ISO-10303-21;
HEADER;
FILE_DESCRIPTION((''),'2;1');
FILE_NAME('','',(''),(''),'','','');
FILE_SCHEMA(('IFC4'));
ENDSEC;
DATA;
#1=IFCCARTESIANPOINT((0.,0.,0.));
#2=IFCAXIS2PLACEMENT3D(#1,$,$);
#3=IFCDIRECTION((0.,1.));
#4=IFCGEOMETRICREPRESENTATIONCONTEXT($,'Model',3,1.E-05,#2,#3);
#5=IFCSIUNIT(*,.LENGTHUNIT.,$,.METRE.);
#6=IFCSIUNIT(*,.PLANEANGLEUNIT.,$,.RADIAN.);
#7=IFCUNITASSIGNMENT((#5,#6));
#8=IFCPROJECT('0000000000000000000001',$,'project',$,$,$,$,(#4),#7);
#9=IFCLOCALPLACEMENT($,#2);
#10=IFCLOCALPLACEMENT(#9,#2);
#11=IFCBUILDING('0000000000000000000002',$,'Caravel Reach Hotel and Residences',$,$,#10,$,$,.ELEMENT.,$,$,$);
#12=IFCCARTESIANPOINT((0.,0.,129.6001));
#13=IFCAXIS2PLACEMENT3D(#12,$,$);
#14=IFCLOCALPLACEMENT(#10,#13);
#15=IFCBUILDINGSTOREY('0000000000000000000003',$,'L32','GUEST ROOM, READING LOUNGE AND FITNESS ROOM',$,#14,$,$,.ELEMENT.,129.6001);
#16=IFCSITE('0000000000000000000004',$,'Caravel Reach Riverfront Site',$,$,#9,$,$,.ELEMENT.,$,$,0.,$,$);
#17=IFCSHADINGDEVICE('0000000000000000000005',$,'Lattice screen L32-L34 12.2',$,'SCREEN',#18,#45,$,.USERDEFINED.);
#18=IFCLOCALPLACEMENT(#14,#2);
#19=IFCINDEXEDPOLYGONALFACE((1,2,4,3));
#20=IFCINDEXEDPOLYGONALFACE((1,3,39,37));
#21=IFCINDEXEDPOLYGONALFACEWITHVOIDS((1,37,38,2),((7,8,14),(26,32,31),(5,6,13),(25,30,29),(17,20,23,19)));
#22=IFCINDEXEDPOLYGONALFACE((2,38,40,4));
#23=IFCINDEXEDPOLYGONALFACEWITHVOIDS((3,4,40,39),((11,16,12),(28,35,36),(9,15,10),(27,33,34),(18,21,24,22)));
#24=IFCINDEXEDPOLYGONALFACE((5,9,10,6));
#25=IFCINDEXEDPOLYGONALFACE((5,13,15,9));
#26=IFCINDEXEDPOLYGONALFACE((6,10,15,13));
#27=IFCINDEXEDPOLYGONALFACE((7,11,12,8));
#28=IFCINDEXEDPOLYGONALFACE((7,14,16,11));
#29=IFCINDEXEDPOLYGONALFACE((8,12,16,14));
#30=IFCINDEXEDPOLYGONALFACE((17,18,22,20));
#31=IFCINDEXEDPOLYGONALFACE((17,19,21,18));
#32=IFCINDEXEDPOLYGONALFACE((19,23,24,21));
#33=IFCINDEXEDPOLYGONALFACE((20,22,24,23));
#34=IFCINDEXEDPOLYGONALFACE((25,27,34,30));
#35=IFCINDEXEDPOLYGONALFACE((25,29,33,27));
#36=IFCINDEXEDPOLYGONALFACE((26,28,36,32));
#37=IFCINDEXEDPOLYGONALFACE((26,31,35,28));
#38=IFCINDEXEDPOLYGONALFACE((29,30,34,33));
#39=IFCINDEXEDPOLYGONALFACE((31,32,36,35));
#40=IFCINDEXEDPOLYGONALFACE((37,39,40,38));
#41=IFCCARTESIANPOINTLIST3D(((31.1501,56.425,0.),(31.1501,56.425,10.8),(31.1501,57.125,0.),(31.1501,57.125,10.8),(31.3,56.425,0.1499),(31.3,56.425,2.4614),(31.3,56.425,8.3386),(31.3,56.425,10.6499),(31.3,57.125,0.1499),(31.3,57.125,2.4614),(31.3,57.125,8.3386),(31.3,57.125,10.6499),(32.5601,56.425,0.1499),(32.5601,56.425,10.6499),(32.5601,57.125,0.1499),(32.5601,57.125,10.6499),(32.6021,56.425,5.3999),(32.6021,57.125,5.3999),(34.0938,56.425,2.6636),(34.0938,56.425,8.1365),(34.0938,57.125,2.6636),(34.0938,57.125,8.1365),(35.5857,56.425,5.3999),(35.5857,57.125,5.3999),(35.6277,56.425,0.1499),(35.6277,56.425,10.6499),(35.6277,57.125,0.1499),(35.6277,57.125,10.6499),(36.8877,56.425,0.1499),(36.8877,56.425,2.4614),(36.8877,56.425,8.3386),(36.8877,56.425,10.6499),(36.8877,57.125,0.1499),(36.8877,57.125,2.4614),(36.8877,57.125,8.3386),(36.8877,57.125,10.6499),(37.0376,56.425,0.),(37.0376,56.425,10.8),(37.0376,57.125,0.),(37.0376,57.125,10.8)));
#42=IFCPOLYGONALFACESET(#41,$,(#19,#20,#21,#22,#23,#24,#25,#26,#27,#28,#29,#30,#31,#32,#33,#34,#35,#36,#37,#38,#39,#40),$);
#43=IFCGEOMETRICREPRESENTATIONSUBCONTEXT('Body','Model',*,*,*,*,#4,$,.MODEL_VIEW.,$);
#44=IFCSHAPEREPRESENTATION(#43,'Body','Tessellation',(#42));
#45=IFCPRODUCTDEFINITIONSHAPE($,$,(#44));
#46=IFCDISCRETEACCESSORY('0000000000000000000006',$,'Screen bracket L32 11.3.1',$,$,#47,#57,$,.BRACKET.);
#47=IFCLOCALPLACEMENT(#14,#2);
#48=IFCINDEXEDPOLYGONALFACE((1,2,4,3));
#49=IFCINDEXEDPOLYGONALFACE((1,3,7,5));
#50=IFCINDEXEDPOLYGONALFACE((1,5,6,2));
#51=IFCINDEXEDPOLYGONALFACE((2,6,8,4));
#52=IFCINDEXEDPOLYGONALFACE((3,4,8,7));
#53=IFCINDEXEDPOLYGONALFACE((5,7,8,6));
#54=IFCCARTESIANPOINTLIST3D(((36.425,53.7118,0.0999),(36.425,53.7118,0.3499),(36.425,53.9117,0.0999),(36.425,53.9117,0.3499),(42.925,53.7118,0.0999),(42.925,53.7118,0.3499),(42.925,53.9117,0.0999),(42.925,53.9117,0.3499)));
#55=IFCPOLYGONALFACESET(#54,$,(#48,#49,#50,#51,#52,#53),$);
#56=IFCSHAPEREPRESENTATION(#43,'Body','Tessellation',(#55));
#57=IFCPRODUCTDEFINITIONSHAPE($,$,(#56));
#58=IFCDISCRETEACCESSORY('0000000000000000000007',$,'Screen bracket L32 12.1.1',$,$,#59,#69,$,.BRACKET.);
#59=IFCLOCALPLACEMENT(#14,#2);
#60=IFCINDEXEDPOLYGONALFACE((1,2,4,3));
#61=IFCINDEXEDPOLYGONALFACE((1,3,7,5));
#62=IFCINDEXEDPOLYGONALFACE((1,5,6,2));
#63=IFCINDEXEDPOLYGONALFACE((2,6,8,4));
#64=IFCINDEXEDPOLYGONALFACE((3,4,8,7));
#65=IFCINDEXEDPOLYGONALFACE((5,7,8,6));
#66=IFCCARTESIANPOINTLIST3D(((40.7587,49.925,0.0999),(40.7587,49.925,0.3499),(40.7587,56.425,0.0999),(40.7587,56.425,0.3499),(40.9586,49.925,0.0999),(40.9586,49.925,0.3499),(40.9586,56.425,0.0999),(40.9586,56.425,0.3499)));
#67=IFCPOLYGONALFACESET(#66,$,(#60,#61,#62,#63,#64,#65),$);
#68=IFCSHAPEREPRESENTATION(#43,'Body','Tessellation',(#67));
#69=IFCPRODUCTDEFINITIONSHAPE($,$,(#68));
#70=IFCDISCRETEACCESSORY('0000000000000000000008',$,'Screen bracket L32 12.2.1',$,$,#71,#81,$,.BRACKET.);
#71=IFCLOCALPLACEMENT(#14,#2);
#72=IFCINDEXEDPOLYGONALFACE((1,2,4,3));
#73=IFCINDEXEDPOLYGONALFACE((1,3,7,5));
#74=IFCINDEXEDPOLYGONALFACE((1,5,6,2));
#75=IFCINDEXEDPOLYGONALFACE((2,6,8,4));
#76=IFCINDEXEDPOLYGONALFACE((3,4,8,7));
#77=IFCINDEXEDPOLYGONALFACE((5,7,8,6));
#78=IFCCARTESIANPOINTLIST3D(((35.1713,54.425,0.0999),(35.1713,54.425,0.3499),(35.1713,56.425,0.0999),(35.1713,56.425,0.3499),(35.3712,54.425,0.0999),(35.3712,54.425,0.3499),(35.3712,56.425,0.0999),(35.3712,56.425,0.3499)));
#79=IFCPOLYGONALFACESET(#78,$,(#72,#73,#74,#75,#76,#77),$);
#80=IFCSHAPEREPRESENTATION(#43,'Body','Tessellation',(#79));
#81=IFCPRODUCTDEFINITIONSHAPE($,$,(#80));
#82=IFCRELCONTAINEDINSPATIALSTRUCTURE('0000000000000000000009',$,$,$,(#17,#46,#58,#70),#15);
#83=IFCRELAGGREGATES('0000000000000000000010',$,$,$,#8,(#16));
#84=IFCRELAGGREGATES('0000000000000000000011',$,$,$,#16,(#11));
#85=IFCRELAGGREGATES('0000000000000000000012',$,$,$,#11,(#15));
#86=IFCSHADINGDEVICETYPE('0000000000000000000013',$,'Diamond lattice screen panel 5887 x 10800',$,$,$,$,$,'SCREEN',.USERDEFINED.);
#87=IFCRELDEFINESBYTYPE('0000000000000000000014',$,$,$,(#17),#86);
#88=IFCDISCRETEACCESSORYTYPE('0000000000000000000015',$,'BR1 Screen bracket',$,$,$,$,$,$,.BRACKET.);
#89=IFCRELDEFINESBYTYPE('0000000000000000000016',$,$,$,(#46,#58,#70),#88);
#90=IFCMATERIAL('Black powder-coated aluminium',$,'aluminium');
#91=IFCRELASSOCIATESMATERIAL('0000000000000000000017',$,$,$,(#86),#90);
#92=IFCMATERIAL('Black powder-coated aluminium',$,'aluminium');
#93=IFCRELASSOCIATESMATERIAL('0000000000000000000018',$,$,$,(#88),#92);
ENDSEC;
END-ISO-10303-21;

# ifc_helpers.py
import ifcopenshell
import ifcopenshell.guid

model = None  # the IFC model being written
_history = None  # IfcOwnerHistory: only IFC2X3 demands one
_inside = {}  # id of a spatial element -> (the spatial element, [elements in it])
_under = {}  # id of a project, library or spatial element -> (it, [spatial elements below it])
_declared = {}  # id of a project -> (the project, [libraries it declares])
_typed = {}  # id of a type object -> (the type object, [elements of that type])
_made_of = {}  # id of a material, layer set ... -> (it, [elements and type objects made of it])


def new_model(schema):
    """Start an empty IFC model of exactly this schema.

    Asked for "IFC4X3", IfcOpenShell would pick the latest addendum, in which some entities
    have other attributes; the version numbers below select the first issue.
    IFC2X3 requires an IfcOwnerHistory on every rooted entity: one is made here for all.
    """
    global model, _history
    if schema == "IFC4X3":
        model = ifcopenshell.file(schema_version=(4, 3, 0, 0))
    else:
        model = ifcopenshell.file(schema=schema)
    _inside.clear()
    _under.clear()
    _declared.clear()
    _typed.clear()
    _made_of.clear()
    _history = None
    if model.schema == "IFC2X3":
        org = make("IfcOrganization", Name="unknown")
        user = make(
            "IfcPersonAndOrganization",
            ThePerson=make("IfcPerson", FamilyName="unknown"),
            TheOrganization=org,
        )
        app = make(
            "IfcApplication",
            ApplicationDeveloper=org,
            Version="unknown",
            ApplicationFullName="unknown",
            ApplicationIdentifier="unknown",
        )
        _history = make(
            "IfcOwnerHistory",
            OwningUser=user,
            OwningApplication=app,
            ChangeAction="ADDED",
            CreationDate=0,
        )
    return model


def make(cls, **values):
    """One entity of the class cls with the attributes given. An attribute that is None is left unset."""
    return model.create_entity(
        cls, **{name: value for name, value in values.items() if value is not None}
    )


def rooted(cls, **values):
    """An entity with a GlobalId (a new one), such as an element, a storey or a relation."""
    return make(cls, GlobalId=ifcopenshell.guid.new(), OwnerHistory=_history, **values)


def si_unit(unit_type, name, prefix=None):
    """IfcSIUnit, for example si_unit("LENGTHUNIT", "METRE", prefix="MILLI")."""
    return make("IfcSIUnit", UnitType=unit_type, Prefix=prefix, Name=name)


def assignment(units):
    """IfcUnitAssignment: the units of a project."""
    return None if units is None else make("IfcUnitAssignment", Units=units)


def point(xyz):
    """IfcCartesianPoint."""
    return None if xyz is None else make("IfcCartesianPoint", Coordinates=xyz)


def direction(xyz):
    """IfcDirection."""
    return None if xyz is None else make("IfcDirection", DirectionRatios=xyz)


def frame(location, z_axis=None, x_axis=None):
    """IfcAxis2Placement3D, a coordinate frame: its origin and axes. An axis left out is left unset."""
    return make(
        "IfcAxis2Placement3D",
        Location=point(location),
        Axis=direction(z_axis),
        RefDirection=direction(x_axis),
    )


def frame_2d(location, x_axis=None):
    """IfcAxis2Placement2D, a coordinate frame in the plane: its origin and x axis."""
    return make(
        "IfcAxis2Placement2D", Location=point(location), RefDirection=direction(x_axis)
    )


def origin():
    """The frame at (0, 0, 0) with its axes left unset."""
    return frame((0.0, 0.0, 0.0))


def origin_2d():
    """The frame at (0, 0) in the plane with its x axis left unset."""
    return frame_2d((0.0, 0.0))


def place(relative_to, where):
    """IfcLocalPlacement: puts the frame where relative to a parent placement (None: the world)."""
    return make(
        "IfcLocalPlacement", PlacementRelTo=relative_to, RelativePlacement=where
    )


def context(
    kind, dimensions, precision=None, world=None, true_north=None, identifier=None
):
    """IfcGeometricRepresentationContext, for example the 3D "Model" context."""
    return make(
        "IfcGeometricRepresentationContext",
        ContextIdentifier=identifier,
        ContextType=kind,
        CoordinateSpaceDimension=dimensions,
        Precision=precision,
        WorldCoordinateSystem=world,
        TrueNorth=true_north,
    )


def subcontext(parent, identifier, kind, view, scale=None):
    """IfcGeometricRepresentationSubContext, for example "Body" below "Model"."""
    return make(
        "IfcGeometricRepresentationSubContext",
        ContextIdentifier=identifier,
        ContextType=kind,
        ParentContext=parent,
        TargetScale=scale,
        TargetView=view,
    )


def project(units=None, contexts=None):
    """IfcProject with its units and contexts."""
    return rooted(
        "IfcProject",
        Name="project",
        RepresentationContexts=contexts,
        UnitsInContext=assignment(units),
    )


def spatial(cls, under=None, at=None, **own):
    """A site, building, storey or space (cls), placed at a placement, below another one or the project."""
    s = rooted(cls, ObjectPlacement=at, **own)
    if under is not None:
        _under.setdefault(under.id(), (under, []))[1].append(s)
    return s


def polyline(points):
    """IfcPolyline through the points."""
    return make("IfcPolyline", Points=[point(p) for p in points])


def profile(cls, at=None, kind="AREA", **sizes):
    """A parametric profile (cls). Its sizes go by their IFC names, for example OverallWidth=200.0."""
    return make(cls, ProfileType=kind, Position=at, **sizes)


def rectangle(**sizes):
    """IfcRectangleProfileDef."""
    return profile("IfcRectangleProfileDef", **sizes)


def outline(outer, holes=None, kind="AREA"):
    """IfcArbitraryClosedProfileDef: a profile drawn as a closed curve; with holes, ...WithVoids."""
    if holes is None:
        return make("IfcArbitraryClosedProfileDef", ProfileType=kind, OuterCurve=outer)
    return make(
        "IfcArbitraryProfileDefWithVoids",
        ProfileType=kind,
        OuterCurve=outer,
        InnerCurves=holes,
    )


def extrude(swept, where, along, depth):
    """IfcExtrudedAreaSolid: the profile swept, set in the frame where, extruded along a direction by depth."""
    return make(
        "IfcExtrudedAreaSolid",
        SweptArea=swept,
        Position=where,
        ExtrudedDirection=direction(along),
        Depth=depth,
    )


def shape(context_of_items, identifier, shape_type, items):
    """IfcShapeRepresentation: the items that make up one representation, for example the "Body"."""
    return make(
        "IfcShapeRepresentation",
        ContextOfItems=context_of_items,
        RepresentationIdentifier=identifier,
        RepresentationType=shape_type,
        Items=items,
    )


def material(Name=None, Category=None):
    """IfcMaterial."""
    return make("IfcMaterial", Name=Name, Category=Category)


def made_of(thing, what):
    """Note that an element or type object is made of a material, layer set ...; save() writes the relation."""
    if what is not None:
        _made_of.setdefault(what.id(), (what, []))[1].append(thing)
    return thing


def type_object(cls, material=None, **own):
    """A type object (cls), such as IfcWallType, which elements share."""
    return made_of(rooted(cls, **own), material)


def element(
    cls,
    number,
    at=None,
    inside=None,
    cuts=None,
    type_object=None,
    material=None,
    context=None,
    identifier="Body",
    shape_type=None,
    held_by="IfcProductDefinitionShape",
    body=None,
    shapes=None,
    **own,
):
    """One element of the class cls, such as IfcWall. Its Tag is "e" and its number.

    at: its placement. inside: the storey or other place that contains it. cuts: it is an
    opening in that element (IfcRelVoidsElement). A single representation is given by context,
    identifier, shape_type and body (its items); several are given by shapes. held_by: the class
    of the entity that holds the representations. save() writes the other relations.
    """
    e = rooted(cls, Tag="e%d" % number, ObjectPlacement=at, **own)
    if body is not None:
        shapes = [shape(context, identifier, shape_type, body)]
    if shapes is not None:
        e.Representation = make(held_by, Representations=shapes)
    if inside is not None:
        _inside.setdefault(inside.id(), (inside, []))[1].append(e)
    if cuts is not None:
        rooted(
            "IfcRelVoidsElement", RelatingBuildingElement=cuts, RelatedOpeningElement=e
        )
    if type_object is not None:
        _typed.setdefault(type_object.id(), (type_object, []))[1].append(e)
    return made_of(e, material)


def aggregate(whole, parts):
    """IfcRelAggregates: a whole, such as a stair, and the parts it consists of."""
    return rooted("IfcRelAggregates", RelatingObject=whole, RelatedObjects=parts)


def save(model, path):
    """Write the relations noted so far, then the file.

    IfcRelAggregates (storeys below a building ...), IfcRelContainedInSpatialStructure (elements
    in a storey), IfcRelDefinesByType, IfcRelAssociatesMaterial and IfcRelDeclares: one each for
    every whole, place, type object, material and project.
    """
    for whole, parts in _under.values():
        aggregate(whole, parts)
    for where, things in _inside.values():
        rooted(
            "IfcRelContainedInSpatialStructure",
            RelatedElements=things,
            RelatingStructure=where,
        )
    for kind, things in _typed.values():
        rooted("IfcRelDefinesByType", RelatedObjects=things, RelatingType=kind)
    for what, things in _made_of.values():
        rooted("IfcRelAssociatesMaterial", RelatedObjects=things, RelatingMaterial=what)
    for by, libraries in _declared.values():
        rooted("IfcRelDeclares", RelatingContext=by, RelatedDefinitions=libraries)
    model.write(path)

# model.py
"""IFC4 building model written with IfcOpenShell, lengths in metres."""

from ifc_helpers import new_model, si_unit, direction, frame, origin, origin_2d, place, context, subcontext, project, spatial, polyline, rectangle, outline, extrude, material, type_object, element, save


model = new_model("IFC4")

# Units and contexts
model_context = context("Model", 3, precision=1e-05, world=origin(), true_north=direction((0.0, 1.0)))
body_context = subcontext(model_context, "Body", "Model", "MODEL_VIEW")
ifc_project = project(units=[si_unit("LENGTHUNIT", "METRE"), si_unit("PLANEANGLEUNIT", "RADIAN")], contexts=[model_context])

# Site, building, storey
site_placement = place(None, origin())
site = spatial("IfcSite", under=ifc_project, at=site_placement, Name="Caravel Reach Riverfront Site", CompositionType="ELEMENT", RefElevation=0.0)
building_placement = place(site_placement, origin())
building = spatial("IfcBuilding", under=site, at=building_placement, Name="Caravel Reach Hotel and Residences", CompositionType="ELEMENT")
storey_placement = place(building_placement, frame((0.0, 0.0, 129.6001)))
storey = spatial("IfcBuildingStorey", under=building, at=storey_placement, Name="L32", Description="GUEST ROOM, READING LOUNGE AND FITNESS ROOM", CompositionType="ELEMENT", Elevation=129.6001)

# Shading device
ifc_material_1 = material(Name="Black powder-coated aluminium", Category="aluminium")
shading_device_type_1 = type_object("IfcShadingDeviceType", Name="Diamond lattice screen panel 5887 x 10800", ElementType="SCREEN", PredefinedType="USERDEFINED", material=ifc_material_1)
for number, where, z_axis, x_axis, name in (
    (1, (37.0376, 56.425, 0.0), (0.0, 1.0, 0.0), (-1.0, 0.0, 0.0), "Lattice screen L32-L34 12.2"),
):
    element("IfcShadingDevice", number, at=place(storey_placement, frame(where, z_axis=z_axis, x_axis=x_axis)), inside=storey, type_object=shading_device_type_1, Name=name, ObjectType="SCREEN", PredefinedType="USERDEFINED", context=body_context, shape_type="SweptSolid", body=[
        extrude(outline(polyline([(0.0, 0.0), (5.8875, 0.0), (5.8875, 10.8), (0.0, 10.8), (0.0, 0.0)]), holes=[polyline([(1.4099, 0.1499), (0.1499, 2.4614), (0.1499, 0.1499), (1.4099, 0.1499)]), polyline([(0.1499, 8.3386), (1.4099, 10.6499), (0.1499, 10.6499), (0.1499, 8.3386)]), polyline([(2.9438, 8.1365), (1.4519, 5.3999), (2.9438, 2.6636), (4.4355, 5.3999), (2.9438, 8.1365)]), polyline([(5.7375, 2.4614), (4.4775, 0.1499), (5.7375, 0.1499), (5.7375, 2.4614)]), polyline([(4.4775, 10.6499), (5.7375, 8.3386), (5.7375, 10.6499), (4.4775, 10.6499)])]), origin(), (0.0, 0.0, 1.0), 0.7),
    ])

# Discrete accessories
ifc_material_2 = material(Name="Black powder-coated aluminium", Category="aluminium")
discrete_accessory_type = type_object("IfcDiscreteAccessoryType", Name="BR1 Screen bracket", PredefinedType="BRACKET", material=ifc_material_2)
for number, where, z_axis, x_axis, name in (
    (2, (39.675, 53.8118, 0.0999), (0.0, 0.0, 1.0), (1.0, 0.0, 0.0), "Screen bracket L32 11.3.1"),
    (3, (40.8586, 53.175, 0.0999), (0.0, 0.0, 1.0), (0.0, 1.0, 0.0), "Screen bracket L32 12.1.1"),
):
    element("IfcDiscreteAccessory", number, at=place(storey_placement, frame(where, z_axis=z_axis, x_axis=x_axis)), inside=storey, type_object=discrete_accessory_type, Name=name, PredefinedType="BRACKET", context=body_context, shape_type="SweptSolid", body=[
        extrude(rectangle(XDim=6.5, YDim=0.2, at=origin_2d()), origin(), (0.0, 0.0, 1.0), 0.25),
    ])
discrete_accessory_placement = place(storey_placement, frame((35.2712, 55.425, 0.0999), z_axis=(0.0, 0.0, 1.0), x_axis=(0.0, 1.0, 0.0)))
element("IfcDiscreteAccessory", 4, at=discrete_accessory_placement, inside=storey, type_object=discrete_accessory_type, Name="Screen bracket L32 12.2.1", PredefinedType="BRACKET", context=body_context, shape_type="SweptSolid", body=[
    extrude(rectangle(XDim=2.0, YDim=0.2, at=origin_2d()), origin(), (0.0, 0.0, 1.0), 0.25),
])

save(model, "model.ifc")
